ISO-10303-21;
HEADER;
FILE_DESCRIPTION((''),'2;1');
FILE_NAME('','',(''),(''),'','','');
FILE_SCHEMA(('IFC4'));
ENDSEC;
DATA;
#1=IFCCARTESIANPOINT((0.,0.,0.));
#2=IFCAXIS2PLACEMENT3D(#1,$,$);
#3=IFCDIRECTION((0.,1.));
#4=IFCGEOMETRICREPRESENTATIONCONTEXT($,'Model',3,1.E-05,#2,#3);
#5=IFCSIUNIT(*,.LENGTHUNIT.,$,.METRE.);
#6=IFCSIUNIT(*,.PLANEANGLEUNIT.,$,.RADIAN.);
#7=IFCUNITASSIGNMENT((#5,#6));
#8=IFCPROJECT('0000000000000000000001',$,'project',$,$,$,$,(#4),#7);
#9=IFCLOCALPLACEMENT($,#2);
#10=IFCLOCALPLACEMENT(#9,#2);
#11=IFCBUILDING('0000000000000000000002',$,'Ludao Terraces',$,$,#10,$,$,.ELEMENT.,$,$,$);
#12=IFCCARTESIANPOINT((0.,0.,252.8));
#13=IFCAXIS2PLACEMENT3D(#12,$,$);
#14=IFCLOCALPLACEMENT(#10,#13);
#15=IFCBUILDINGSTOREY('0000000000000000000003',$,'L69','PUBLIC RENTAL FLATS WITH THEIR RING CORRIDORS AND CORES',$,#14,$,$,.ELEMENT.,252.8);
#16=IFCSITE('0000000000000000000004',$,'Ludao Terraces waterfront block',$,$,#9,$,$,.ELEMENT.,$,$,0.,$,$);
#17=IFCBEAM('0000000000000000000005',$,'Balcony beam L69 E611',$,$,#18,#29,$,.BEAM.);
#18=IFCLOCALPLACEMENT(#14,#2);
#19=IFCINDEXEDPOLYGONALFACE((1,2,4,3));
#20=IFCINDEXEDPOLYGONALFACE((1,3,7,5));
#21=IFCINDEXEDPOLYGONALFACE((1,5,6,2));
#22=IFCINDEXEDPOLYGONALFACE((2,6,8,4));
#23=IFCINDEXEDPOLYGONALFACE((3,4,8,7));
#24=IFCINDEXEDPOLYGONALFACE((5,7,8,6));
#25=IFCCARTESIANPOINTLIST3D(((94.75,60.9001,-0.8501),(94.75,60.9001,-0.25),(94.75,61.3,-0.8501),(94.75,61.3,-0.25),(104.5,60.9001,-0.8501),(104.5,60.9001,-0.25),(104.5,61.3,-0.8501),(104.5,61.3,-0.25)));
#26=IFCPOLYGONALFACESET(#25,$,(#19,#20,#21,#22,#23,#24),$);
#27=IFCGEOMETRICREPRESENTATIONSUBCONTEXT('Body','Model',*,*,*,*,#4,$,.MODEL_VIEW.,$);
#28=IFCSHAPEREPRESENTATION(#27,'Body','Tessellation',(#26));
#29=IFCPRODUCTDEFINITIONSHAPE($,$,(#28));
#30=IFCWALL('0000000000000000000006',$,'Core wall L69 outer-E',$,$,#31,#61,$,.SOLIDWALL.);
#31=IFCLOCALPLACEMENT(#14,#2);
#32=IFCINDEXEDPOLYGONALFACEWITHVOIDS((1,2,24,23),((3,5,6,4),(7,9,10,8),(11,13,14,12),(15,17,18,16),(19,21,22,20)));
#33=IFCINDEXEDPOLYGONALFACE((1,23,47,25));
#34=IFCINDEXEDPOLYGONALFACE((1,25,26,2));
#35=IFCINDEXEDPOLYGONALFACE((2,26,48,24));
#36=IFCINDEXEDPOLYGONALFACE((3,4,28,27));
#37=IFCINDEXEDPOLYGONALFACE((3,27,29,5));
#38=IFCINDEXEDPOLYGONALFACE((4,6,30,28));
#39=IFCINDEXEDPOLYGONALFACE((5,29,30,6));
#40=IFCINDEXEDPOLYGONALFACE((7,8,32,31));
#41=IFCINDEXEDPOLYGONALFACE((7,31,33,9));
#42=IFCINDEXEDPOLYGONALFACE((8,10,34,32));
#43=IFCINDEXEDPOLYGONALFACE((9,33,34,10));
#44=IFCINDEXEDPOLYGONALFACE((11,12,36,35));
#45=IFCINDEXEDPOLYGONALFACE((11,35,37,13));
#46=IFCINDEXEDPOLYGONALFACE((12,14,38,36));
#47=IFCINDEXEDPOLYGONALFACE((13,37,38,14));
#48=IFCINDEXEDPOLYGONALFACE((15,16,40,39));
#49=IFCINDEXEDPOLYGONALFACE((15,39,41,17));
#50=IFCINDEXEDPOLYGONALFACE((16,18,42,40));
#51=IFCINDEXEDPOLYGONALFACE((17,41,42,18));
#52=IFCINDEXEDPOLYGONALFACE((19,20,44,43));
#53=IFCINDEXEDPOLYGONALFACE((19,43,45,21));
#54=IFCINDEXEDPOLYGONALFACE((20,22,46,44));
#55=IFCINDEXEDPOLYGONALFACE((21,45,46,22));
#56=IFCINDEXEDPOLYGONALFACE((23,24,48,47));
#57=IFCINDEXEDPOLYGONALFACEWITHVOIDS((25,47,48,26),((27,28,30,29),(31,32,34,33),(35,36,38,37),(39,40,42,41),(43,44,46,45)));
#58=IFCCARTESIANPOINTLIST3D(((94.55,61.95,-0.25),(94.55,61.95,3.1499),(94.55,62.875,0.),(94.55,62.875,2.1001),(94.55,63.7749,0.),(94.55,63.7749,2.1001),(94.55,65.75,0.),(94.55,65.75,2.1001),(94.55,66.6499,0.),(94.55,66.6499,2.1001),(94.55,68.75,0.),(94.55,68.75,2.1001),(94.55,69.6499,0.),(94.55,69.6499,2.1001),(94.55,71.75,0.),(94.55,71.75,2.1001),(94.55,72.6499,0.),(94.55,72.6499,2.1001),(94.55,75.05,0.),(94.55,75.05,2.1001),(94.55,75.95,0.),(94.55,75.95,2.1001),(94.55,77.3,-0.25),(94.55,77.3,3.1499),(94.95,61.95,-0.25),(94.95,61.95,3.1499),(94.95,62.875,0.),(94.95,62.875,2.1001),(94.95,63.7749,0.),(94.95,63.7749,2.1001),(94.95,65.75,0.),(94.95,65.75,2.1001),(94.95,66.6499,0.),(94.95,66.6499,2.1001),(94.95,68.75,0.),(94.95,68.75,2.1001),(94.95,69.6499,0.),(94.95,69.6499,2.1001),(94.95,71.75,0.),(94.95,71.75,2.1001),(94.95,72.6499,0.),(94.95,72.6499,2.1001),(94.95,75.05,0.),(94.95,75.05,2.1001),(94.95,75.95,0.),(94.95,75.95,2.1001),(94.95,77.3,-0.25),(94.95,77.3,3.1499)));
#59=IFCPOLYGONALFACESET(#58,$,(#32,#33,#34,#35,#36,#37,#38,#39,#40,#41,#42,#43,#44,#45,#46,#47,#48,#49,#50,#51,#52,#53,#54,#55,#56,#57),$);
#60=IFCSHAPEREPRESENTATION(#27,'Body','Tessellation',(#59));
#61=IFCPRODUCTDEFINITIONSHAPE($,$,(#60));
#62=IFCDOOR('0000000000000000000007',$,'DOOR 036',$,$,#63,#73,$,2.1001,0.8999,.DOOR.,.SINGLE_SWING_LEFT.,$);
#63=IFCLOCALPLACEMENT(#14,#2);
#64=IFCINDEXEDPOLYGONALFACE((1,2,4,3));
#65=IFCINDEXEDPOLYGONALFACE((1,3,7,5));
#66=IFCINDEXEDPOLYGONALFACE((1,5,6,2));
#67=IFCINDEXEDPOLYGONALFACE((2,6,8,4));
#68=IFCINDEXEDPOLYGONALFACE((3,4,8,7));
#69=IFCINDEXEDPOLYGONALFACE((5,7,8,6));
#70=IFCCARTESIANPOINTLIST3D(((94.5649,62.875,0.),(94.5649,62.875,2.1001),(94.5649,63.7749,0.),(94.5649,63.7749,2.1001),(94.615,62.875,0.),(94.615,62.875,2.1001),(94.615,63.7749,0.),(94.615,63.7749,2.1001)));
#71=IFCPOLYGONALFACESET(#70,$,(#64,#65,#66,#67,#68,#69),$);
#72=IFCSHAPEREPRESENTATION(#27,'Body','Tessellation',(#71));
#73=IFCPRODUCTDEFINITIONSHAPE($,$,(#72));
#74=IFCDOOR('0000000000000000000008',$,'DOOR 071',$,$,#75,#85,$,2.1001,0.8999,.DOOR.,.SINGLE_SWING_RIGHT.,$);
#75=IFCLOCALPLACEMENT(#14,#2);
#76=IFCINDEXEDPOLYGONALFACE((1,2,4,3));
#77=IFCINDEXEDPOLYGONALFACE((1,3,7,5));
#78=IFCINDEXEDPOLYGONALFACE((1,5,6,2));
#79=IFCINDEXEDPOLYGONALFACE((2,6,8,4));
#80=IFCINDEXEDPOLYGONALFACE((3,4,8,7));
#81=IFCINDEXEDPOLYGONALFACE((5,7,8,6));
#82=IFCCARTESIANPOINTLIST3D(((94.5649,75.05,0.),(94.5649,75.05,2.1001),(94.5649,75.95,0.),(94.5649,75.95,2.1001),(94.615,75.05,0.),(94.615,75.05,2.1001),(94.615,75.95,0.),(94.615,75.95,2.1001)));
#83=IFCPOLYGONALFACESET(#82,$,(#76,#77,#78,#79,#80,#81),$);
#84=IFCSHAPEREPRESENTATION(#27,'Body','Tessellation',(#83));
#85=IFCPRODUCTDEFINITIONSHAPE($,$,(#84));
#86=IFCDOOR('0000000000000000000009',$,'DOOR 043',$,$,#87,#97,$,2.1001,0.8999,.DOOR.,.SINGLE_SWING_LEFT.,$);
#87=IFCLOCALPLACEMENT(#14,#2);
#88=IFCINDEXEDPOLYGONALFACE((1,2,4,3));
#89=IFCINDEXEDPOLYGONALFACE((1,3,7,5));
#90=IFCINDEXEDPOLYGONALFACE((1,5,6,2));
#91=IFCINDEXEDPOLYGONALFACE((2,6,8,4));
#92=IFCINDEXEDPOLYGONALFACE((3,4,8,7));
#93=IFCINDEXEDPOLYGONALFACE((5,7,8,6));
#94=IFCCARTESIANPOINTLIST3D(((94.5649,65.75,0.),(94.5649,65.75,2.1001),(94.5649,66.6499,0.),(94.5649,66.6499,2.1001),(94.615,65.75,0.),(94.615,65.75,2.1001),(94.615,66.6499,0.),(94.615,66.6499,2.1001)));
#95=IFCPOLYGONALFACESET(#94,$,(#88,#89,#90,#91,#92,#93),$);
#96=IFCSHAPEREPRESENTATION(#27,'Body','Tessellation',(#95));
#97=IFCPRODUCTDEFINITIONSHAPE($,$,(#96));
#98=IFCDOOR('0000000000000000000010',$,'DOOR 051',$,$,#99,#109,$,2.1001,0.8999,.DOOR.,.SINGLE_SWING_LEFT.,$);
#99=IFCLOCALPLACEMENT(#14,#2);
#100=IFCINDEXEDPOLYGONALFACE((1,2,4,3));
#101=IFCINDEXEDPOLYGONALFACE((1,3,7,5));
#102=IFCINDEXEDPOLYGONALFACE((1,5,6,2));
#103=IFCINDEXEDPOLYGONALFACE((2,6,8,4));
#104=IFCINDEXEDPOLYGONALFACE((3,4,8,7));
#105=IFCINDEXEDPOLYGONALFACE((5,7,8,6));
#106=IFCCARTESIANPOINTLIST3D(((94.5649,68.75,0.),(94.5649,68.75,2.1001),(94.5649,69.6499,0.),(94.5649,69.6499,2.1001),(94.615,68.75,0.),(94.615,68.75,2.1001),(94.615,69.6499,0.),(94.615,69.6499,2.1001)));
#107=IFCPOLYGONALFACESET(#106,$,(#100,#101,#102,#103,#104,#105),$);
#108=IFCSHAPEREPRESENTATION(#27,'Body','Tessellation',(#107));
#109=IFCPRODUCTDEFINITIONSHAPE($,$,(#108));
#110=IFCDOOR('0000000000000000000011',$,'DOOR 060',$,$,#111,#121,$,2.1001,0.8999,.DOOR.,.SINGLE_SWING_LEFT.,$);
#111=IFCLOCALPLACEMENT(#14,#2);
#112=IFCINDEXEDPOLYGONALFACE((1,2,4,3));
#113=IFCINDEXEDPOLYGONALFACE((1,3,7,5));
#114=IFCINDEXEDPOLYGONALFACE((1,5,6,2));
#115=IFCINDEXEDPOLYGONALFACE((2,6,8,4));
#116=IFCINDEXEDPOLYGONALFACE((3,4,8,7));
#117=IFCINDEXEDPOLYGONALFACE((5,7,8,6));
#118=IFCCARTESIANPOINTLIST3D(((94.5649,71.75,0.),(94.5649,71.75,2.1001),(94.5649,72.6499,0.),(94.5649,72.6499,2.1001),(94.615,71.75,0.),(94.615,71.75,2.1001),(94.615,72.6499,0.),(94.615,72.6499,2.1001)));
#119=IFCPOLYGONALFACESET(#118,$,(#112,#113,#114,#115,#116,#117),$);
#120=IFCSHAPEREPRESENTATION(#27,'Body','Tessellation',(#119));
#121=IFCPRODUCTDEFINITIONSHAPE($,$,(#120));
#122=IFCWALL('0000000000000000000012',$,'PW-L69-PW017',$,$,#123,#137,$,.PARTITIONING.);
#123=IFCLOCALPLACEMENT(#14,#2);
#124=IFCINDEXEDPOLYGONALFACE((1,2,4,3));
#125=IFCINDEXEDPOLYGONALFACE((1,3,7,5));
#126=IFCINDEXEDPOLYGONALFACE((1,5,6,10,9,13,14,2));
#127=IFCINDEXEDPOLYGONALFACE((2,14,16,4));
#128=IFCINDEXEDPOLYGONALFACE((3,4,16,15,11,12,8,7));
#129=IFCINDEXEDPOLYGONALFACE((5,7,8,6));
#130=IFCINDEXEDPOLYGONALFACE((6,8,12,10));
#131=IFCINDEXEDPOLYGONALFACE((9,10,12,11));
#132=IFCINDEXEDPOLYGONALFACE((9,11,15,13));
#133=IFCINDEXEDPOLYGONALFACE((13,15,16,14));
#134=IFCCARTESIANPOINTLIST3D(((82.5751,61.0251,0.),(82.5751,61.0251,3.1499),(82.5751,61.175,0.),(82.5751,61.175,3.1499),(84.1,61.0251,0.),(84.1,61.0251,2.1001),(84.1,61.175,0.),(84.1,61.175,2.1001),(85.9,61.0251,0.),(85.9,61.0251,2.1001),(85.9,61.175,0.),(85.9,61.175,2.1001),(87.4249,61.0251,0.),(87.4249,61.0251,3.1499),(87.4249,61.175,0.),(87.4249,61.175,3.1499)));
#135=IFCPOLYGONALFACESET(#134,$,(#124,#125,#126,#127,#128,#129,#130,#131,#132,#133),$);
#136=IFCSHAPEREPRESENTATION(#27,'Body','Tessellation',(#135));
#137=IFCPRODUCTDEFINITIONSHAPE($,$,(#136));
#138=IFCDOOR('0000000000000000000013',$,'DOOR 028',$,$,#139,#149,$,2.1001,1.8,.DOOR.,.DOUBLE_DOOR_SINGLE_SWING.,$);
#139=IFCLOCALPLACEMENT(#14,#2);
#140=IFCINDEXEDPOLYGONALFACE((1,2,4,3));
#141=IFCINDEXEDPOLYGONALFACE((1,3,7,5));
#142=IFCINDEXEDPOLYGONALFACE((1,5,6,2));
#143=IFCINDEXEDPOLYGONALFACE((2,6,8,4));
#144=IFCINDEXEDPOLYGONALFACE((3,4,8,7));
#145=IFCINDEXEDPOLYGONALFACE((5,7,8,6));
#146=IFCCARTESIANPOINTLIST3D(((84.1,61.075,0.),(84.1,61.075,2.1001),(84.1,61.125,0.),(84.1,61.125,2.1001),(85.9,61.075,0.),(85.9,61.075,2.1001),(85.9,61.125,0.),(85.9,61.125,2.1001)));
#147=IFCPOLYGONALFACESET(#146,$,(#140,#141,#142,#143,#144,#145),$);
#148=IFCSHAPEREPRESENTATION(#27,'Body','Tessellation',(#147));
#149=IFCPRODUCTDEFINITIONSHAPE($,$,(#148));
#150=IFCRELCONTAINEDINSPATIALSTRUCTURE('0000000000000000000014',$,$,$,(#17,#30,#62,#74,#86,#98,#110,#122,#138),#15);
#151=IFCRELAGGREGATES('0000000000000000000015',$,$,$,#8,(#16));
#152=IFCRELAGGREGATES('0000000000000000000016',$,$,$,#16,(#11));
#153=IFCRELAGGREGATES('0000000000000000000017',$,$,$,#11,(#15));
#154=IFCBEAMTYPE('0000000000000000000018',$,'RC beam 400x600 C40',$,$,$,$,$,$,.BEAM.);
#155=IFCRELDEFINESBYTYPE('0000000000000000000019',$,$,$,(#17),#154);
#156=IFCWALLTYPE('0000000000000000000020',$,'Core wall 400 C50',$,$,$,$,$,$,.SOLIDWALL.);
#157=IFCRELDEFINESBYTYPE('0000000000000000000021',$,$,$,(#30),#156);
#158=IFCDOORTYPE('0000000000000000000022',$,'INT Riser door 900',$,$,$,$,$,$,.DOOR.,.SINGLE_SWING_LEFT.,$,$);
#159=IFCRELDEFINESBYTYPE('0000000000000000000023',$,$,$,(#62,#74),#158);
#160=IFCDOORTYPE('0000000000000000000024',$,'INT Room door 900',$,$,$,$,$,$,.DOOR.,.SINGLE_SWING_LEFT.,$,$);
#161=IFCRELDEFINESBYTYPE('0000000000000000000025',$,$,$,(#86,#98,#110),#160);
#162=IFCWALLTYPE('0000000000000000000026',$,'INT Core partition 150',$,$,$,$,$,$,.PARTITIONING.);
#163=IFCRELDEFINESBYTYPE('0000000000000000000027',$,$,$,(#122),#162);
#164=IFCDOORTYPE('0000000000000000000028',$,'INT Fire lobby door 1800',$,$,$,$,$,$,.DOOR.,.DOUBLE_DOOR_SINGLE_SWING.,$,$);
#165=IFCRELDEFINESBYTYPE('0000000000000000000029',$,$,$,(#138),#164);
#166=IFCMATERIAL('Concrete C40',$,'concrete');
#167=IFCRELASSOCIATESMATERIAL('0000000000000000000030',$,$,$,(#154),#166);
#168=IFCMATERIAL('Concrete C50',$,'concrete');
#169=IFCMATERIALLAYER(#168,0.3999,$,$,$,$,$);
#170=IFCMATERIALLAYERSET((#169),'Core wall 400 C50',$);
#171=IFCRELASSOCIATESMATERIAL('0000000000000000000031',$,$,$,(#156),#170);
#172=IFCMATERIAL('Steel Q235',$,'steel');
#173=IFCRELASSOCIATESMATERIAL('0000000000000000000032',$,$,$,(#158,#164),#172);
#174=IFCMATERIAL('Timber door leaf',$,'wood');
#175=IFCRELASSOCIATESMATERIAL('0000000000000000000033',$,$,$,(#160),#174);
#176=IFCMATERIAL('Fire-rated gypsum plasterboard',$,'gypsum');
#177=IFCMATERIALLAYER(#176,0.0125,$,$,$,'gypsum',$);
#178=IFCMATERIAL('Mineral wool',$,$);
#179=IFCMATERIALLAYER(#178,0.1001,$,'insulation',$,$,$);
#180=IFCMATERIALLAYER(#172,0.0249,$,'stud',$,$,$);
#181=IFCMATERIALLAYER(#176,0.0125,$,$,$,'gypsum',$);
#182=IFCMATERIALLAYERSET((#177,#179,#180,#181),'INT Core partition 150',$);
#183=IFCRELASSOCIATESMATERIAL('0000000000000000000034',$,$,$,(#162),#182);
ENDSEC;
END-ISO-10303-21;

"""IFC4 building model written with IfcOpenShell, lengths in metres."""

from ifc_helpers import new_model, si_unit, direction, frame, frame_2d, origin, origin_2d, place, context, subcontext, project, spatial, rectangle, extrude, material, layer, layer_set, material_profile, profile_set, type_object, element, fill, save


model = new_model("IFC4")

# Units and contexts
model_context = context("Model", 3, precision=1e-05, world=origin(), true_north=direction((0.0, 1.0)))
body_context = subcontext(model_context, "Body", "Model", "MODEL_VIEW")
ifc_project = project(units=[si_unit("LENGTHUNIT", "METRE"), si_unit("PLANEANGLEUNIT", "RADIAN")], contexts=[model_context])

# Site, building, storey
site_placement = place(None, origin())
site = spatial("IfcSite", under=ifc_project, at=site_placement, Name="Ludao Terraces waterfront block", CompositionType="ELEMENT", RefElevation=0.0)
building_placement = place(site_placement, origin())
building = spatial("IfcBuilding", under=site, at=building_placement, Name="Ludao Terraces", CompositionType="ELEMENT")
storey_placement = place(building_placement, frame((0.0, 0.0, 252.8)))
storey = spatial("IfcBuildingStorey", under=building, at=storey_placement, Name="L69", Description="PUBLIC RENTAL FLATS WITH THEIR RING CORRIDORS AND CORES", CompositionType="ELEMENT", Elevation=252.8)

# Beam
ifc_material_1 = material(Name="Concrete C40", Category="concrete")
ifc_material_profile = material_profile(ifc_material_1, rectangle(XDim=0.3999, YDim=0.6001, at=origin_2d()), Name="400 X 600")
ifc_profile_set = profile_set([ifc_material_profile], Name="Concrete C40")
beam_type = type_object("IfcBeamType", Name="RC beam 400x600 C40", PredefinedType="BEAM", material=ifc_profile_set)
beam_placement = place(storey_placement, frame((94.75, 61.1001, -0.55), z_axis=(1.0, 0.0, 0.0), x_axis=(0.0, 1.0, 0.0)))
element("IfcBeam", 1, at=beam_placement, inside=storey, type_object=beam_type, Name="Balcony beam L69 E611", PredefinedType="BEAM", context=body_context, shape_type="SweptSolid", body=[
    extrude(rectangle(XDim=0.3999, YDim=0.6001, at=origin_2d()), origin(), (0.0, 0.0, 1.0), 9.75),
])

# Wall, openings, doors
ifc_material_2 = material(Name="Concrete C50", Category="concrete")
ifc_layer_1 = layer(ifc_material_2, 0.3999)
ifc_layer_set_1 = layer_set([ifc_layer_1], Name="Core wall 400 C50")
wall_type_1 = type_object("IfcWallType", Name="Core wall 400 C50", PredefinedType="SOLIDWALL", material=ifc_layer_set_1)
wall_1_placement = place(storey_placement, frame((94.75, 61.95, -0.25), z_axis=(0.0, 0.0, 1.0), x_axis=(0.0, 1.0, 0.0)))
wall_1 = element("IfcWall", 2, at=wall_1_placement, inside=storey, type_object=wall_type_1, Name="Core wall L69 outer-E", PredefinedType="SOLIDWALL", context=body_context, shape_type="SweptSolid", body=[
    extrude(rectangle(XDim=15.3501, YDim=0.3999, at=frame_2d((7.675, 0.0))), origin(), (0.0, 0.0, 1.0), 3.3999),
])
opening_1_placement = place(wall_1_placement, frame((0.925, 0.0, 0.25)))
opening_1 = element("IfcOpeningElement", 3, at=opening_1_placement, cuts=wall_1, PredefinedType="OPENING", context=body_context, shape_type="SweptSolid", body=[
    extrude(rectangle(XDim=0.8999, YDim=2.1001, at=frame_2d((0.45, 1.05))), frame((0.0, 0.21, 0.0), z_axis=(0.0, -1.0, 0.0), x_axis=(1.0, 0.0, 0.0)), (0.0, 0.0, 1.0), 0.4199),
])
opening_2_placement = place(wall_1_placement, frame((3.8, 0.0, 0.25)))
opening_2 = element("IfcOpeningElement", 4, at=opening_2_placement, cuts=wall_1, PredefinedType="OPENING", context=body_context, shape_type="SweptSolid", body=[
    extrude(rectangle(XDim=0.8999, YDim=2.1001, at=frame_2d((0.45, 1.05))), frame((0.0, 0.21, 0.0), z_axis=(0.0, -1.0, 0.0), x_axis=(1.0, 0.0, 0.0)), (0.0, 0.0, 1.0), 0.4199),
])
opening_3_placement = place(wall_1_placement, frame((6.8, 0.0, 0.25)))
opening_3 = element("IfcOpeningElement", 5, at=opening_3_placement, cuts=wall_1, PredefinedType="OPENING", context=body_context, shape_type="SweptSolid", body=[
    extrude(rectangle(XDim=0.8999, YDim=2.1001, at=frame_2d((0.45, 1.05))), frame((0.0, 0.21, 0.0), z_axis=(0.0, -1.0, 0.0), x_axis=(1.0, 0.0, 0.0)), (0.0, 0.0, 1.0), 0.4199),
])
opening_4_placement = place(wall_1_placement, frame((9.8, 0.0, 0.25)))
opening_4 = element("IfcOpeningElement", 6, at=opening_4_placement, cuts=wall_1, PredefinedType="OPENING", context=body_context, shape_type="SweptSolid", body=[
    extrude(rectangle(XDim=0.8999, YDim=2.1001, at=frame_2d((0.45, 1.05))), frame((0.0, 0.21, 0.0), z_axis=(0.0, -1.0, 0.0), x_axis=(1.0, 0.0, 0.0)), (0.0, 0.0, 1.0), 0.4199),
])
opening_5_placement = place(wall_1_placement, frame((13.1001, 0.0, 0.25)))
opening_5 = element("IfcOpeningElement", 7, at=opening_5_placement, cuts=wall_1, PredefinedType="OPENING", context=body_context, shape_type="SweptSolid", body=[
    extrude(rectangle(XDim=0.8999, YDim=2.1001, at=frame_2d((0.45, 1.05))), frame((0.0, 0.21, 0.0), z_axis=(0.0, -1.0, 0.0), x_axis=(1.0, 0.0, 0.0)), (0.0, 0.0, 1.0), 0.4199),
])
ifc_material_3 = material(Name="Steel Q235", Category="steel")
door_type_1 = type_object("IfcDoorType", Name="INT Riser door 900", OperationType="SINGLE_SWING_LEFT", PredefinedType="DOOR", material=ifc_material_3)
door_1_placement = place(opening_1_placement, origin())
door_1 = element("IfcDoor", 8, at=door_1_placement, inside=storey, type_object=door_type_1, Name="DOOR 036", OperationType="SINGLE_SWING_LEFT", OverallHeight=2.1001, OverallWidth=0.8999, PredefinedType="DOOR", context=body_context, shape_type="SweptSolid", body=[
    extrude(rectangle(XDim=0.8999, YDim=2.1001, at=frame_2d((0.45, 1.05))), frame((0.0, 0.1851, 0.0), z_axis=(0.0, -1.0, 0.0), x_axis=(1.0, 0.0, 0.0)), (0.0, 0.0, 1.0), 0.05),
])
fill(opening_1, door_1)
door_2_placement = place(opening_5_placement, origin())
door_2 = element("IfcDoor", 9, at=door_2_placement, inside=storey, type_object=door_type_1, Name="DOOR 071", OperationType="SINGLE_SWING_RIGHT", OverallHeight=2.1001, OverallWidth=0.8999, PredefinedType="DOOR", context=body_context, shape_type="SweptSolid", body=[
    extrude(rectangle(XDim=0.8999, YDim=2.1001, at=frame_2d((0.45, 1.05))), frame((0.0, 0.1851, 0.0), z_axis=(0.0, -1.0, 0.0), x_axis=(1.0, 0.0, 0.0)), (0.0, 0.0, 1.0), 0.05),
])
fill(opening_5, door_2)
ifc_material_4 = material(Name="Timber door leaf", Category="wood")
door_type_2 = type_object("IfcDoorType", Name="INT Room door 900", OperationType="SINGLE_SWING_LEFT", PredefinedType="DOOR", material=ifc_material_4)
door_3_placement = place(opening_2_placement, origin())
door_3 = element("IfcDoor", 10, at=door_3_placement, inside=storey, type_object=door_type_2, Name="DOOR 043", OperationType="SINGLE_SWING_LEFT", OverallHeight=2.1001, OverallWidth=0.8999, PredefinedType="DOOR", context=body_context, shape_type="SweptSolid", body=[
    extrude(rectangle(XDim=0.8999, YDim=2.1001, at=frame_2d((0.45, 1.05))), frame((0.0, 0.1851, 0.0), z_axis=(0.0, -1.0, 0.0), x_axis=(1.0, 0.0, 0.0)), (0.0, 0.0, 1.0), 0.05),
])
fill(opening_2, door_3)
door_4_placement = place(opening_3_placement, origin())
door_4 = element("IfcDoor", 11, at=door_4_placement, inside=storey, type_object=door_type_2, Name="DOOR 051", OperationType="SINGLE_SWING_LEFT", OverallHeight=2.1001, OverallWidth=0.8999, PredefinedType="DOOR", context=body_context, shape_type="SweptSolid", body=[
    extrude(rectangle(XDim=0.8999, YDim=2.1001, at=frame_2d((0.45, 1.05))), frame((0.0, 0.1851, 0.0), z_axis=(0.0, -1.0, 0.0), x_axis=(1.0, 0.0, 0.0)), (0.0, 0.0, 1.0), 0.05),
])
fill(opening_3, door_4)
door_5_placement = place(opening_4_placement, origin())
door_5 = element("IfcDoor", 12, at=door_5_placement, inside=storey, type_object=door_type_2, Name="DOOR 060", OperationType="SINGLE_SWING_LEFT", OverallHeight=2.1001, OverallWidth=0.8999, PredefinedType="DOOR", context=body_context, shape_type="SweptSolid", body=[
    extrude(rectangle(XDim=0.8999, YDim=2.1001, at=frame_2d((0.45, 1.05))), frame((0.0, 0.1851, 0.0), z_axis=(0.0, -1.0, 0.0), x_axis=(1.0, 0.0, 0.0)), (0.0, 0.0, 1.0), 0.05),
])
fill(opening_4, door_5)

# Wall, opening, door
ifc_material_5 = material(Name="Fire-rated gypsum plasterboard", Category="gypsum")
ifc_layer_2 = layer(ifc_material_5, 0.0125, Category="gypsum")
ifc_material_6 = material(Name="Mineral wool")
ifc_layer_3 = layer(ifc_material_6, 0.1001, Name="insulation")
ifc_layer_4 = layer(ifc_material_3, 0.0249, Name="stud")
ifc_layer_5 = layer(ifc_material_5, 0.0125, Category="gypsum")
ifc_layer_set_2 = layer_set([ifc_layer_2, ifc_layer_3, ifc_layer_4, ifc_layer_5], Name="INT Core partition 150")
wall_type_2 = type_object("IfcWallType", Name="INT Core partition 150", PredefinedType="PARTITIONING", material=ifc_layer_set_2)
wall_2_placement = place(storey_placement, frame((82.5752, 61.1001, 0.0), z_axis=(0.0, 0.0, 1.0), x_axis=(1.0, 0.0, 0.0)))
wall_2 = element("IfcWall", 13, at=wall_2_placement, inside=storey, type_object=wall_type_2, Name="PW-L69-PW017", PredefinedType="PARTITIONING", context=body_context, shape_type="SweptSolid", body=[
    extrude(rectangle(XDim=4.8499, YDim=0.1499, at=frame_2d((2.4248, 0.0))), origin(), (0.0, 0.0, 1.0), 3.1499),
])
opening_6_placement = place(wall_2_placement, frame((1.5249, 0.0, 0.0)))
opening_6 = element("IfcOpeningElement", 14, at=opening_6_placement, cuts=wall_2, PredefinedType="OPENING", context=body_context, shape_type="SweptSolid", body=[
    extrude(rectangle(XDim=1.8, YDim=2.1001, at=frame_2d((0.8999, 1.05))), frame((0.0, 0.085, 0.0), z_axis=(0.0, -1.0, 0.0), x_axis=(1.0, 0.0, 0.0)), (0.0, 0.0, 1.0), 0.1699),
])
door_type_3 = type_object("IfcDoorType", Name="INT Fire lobby door 1800", OperationType="DOUBLE_DOOR_SINGLE_SWING", PredefinedType="DOOR", material=ifc_material_3)
door_6_placement = place(opening_6_placement, origin())
door_6 = element("IfcDoor", 15, at=door_6_placement, inside=storey, type_object=door_type_3, Name="DOOR 028", OperationType="DOUBLE_DOOR_SINGLE_SWING", OverallHeight=2.1001, OverallWidth=1.8, PredefinedType="DOOR", context=body_context, shape_type="SweptSolid", body=[
    extrude(rectangle(XDim=1.8, YDim=2.1001, at=frame_2d((0.8999, 1.05))), frame((0.0, 0.0249, 0.0), z_axis=(0.0, -1.0, 0.0), x_axis=(1.0, 0.0, 0.0)), (0.0, 0.0, 1.0), 0.05),
])
fill(opening_6, door_6)

save(model, "model.ifc")
